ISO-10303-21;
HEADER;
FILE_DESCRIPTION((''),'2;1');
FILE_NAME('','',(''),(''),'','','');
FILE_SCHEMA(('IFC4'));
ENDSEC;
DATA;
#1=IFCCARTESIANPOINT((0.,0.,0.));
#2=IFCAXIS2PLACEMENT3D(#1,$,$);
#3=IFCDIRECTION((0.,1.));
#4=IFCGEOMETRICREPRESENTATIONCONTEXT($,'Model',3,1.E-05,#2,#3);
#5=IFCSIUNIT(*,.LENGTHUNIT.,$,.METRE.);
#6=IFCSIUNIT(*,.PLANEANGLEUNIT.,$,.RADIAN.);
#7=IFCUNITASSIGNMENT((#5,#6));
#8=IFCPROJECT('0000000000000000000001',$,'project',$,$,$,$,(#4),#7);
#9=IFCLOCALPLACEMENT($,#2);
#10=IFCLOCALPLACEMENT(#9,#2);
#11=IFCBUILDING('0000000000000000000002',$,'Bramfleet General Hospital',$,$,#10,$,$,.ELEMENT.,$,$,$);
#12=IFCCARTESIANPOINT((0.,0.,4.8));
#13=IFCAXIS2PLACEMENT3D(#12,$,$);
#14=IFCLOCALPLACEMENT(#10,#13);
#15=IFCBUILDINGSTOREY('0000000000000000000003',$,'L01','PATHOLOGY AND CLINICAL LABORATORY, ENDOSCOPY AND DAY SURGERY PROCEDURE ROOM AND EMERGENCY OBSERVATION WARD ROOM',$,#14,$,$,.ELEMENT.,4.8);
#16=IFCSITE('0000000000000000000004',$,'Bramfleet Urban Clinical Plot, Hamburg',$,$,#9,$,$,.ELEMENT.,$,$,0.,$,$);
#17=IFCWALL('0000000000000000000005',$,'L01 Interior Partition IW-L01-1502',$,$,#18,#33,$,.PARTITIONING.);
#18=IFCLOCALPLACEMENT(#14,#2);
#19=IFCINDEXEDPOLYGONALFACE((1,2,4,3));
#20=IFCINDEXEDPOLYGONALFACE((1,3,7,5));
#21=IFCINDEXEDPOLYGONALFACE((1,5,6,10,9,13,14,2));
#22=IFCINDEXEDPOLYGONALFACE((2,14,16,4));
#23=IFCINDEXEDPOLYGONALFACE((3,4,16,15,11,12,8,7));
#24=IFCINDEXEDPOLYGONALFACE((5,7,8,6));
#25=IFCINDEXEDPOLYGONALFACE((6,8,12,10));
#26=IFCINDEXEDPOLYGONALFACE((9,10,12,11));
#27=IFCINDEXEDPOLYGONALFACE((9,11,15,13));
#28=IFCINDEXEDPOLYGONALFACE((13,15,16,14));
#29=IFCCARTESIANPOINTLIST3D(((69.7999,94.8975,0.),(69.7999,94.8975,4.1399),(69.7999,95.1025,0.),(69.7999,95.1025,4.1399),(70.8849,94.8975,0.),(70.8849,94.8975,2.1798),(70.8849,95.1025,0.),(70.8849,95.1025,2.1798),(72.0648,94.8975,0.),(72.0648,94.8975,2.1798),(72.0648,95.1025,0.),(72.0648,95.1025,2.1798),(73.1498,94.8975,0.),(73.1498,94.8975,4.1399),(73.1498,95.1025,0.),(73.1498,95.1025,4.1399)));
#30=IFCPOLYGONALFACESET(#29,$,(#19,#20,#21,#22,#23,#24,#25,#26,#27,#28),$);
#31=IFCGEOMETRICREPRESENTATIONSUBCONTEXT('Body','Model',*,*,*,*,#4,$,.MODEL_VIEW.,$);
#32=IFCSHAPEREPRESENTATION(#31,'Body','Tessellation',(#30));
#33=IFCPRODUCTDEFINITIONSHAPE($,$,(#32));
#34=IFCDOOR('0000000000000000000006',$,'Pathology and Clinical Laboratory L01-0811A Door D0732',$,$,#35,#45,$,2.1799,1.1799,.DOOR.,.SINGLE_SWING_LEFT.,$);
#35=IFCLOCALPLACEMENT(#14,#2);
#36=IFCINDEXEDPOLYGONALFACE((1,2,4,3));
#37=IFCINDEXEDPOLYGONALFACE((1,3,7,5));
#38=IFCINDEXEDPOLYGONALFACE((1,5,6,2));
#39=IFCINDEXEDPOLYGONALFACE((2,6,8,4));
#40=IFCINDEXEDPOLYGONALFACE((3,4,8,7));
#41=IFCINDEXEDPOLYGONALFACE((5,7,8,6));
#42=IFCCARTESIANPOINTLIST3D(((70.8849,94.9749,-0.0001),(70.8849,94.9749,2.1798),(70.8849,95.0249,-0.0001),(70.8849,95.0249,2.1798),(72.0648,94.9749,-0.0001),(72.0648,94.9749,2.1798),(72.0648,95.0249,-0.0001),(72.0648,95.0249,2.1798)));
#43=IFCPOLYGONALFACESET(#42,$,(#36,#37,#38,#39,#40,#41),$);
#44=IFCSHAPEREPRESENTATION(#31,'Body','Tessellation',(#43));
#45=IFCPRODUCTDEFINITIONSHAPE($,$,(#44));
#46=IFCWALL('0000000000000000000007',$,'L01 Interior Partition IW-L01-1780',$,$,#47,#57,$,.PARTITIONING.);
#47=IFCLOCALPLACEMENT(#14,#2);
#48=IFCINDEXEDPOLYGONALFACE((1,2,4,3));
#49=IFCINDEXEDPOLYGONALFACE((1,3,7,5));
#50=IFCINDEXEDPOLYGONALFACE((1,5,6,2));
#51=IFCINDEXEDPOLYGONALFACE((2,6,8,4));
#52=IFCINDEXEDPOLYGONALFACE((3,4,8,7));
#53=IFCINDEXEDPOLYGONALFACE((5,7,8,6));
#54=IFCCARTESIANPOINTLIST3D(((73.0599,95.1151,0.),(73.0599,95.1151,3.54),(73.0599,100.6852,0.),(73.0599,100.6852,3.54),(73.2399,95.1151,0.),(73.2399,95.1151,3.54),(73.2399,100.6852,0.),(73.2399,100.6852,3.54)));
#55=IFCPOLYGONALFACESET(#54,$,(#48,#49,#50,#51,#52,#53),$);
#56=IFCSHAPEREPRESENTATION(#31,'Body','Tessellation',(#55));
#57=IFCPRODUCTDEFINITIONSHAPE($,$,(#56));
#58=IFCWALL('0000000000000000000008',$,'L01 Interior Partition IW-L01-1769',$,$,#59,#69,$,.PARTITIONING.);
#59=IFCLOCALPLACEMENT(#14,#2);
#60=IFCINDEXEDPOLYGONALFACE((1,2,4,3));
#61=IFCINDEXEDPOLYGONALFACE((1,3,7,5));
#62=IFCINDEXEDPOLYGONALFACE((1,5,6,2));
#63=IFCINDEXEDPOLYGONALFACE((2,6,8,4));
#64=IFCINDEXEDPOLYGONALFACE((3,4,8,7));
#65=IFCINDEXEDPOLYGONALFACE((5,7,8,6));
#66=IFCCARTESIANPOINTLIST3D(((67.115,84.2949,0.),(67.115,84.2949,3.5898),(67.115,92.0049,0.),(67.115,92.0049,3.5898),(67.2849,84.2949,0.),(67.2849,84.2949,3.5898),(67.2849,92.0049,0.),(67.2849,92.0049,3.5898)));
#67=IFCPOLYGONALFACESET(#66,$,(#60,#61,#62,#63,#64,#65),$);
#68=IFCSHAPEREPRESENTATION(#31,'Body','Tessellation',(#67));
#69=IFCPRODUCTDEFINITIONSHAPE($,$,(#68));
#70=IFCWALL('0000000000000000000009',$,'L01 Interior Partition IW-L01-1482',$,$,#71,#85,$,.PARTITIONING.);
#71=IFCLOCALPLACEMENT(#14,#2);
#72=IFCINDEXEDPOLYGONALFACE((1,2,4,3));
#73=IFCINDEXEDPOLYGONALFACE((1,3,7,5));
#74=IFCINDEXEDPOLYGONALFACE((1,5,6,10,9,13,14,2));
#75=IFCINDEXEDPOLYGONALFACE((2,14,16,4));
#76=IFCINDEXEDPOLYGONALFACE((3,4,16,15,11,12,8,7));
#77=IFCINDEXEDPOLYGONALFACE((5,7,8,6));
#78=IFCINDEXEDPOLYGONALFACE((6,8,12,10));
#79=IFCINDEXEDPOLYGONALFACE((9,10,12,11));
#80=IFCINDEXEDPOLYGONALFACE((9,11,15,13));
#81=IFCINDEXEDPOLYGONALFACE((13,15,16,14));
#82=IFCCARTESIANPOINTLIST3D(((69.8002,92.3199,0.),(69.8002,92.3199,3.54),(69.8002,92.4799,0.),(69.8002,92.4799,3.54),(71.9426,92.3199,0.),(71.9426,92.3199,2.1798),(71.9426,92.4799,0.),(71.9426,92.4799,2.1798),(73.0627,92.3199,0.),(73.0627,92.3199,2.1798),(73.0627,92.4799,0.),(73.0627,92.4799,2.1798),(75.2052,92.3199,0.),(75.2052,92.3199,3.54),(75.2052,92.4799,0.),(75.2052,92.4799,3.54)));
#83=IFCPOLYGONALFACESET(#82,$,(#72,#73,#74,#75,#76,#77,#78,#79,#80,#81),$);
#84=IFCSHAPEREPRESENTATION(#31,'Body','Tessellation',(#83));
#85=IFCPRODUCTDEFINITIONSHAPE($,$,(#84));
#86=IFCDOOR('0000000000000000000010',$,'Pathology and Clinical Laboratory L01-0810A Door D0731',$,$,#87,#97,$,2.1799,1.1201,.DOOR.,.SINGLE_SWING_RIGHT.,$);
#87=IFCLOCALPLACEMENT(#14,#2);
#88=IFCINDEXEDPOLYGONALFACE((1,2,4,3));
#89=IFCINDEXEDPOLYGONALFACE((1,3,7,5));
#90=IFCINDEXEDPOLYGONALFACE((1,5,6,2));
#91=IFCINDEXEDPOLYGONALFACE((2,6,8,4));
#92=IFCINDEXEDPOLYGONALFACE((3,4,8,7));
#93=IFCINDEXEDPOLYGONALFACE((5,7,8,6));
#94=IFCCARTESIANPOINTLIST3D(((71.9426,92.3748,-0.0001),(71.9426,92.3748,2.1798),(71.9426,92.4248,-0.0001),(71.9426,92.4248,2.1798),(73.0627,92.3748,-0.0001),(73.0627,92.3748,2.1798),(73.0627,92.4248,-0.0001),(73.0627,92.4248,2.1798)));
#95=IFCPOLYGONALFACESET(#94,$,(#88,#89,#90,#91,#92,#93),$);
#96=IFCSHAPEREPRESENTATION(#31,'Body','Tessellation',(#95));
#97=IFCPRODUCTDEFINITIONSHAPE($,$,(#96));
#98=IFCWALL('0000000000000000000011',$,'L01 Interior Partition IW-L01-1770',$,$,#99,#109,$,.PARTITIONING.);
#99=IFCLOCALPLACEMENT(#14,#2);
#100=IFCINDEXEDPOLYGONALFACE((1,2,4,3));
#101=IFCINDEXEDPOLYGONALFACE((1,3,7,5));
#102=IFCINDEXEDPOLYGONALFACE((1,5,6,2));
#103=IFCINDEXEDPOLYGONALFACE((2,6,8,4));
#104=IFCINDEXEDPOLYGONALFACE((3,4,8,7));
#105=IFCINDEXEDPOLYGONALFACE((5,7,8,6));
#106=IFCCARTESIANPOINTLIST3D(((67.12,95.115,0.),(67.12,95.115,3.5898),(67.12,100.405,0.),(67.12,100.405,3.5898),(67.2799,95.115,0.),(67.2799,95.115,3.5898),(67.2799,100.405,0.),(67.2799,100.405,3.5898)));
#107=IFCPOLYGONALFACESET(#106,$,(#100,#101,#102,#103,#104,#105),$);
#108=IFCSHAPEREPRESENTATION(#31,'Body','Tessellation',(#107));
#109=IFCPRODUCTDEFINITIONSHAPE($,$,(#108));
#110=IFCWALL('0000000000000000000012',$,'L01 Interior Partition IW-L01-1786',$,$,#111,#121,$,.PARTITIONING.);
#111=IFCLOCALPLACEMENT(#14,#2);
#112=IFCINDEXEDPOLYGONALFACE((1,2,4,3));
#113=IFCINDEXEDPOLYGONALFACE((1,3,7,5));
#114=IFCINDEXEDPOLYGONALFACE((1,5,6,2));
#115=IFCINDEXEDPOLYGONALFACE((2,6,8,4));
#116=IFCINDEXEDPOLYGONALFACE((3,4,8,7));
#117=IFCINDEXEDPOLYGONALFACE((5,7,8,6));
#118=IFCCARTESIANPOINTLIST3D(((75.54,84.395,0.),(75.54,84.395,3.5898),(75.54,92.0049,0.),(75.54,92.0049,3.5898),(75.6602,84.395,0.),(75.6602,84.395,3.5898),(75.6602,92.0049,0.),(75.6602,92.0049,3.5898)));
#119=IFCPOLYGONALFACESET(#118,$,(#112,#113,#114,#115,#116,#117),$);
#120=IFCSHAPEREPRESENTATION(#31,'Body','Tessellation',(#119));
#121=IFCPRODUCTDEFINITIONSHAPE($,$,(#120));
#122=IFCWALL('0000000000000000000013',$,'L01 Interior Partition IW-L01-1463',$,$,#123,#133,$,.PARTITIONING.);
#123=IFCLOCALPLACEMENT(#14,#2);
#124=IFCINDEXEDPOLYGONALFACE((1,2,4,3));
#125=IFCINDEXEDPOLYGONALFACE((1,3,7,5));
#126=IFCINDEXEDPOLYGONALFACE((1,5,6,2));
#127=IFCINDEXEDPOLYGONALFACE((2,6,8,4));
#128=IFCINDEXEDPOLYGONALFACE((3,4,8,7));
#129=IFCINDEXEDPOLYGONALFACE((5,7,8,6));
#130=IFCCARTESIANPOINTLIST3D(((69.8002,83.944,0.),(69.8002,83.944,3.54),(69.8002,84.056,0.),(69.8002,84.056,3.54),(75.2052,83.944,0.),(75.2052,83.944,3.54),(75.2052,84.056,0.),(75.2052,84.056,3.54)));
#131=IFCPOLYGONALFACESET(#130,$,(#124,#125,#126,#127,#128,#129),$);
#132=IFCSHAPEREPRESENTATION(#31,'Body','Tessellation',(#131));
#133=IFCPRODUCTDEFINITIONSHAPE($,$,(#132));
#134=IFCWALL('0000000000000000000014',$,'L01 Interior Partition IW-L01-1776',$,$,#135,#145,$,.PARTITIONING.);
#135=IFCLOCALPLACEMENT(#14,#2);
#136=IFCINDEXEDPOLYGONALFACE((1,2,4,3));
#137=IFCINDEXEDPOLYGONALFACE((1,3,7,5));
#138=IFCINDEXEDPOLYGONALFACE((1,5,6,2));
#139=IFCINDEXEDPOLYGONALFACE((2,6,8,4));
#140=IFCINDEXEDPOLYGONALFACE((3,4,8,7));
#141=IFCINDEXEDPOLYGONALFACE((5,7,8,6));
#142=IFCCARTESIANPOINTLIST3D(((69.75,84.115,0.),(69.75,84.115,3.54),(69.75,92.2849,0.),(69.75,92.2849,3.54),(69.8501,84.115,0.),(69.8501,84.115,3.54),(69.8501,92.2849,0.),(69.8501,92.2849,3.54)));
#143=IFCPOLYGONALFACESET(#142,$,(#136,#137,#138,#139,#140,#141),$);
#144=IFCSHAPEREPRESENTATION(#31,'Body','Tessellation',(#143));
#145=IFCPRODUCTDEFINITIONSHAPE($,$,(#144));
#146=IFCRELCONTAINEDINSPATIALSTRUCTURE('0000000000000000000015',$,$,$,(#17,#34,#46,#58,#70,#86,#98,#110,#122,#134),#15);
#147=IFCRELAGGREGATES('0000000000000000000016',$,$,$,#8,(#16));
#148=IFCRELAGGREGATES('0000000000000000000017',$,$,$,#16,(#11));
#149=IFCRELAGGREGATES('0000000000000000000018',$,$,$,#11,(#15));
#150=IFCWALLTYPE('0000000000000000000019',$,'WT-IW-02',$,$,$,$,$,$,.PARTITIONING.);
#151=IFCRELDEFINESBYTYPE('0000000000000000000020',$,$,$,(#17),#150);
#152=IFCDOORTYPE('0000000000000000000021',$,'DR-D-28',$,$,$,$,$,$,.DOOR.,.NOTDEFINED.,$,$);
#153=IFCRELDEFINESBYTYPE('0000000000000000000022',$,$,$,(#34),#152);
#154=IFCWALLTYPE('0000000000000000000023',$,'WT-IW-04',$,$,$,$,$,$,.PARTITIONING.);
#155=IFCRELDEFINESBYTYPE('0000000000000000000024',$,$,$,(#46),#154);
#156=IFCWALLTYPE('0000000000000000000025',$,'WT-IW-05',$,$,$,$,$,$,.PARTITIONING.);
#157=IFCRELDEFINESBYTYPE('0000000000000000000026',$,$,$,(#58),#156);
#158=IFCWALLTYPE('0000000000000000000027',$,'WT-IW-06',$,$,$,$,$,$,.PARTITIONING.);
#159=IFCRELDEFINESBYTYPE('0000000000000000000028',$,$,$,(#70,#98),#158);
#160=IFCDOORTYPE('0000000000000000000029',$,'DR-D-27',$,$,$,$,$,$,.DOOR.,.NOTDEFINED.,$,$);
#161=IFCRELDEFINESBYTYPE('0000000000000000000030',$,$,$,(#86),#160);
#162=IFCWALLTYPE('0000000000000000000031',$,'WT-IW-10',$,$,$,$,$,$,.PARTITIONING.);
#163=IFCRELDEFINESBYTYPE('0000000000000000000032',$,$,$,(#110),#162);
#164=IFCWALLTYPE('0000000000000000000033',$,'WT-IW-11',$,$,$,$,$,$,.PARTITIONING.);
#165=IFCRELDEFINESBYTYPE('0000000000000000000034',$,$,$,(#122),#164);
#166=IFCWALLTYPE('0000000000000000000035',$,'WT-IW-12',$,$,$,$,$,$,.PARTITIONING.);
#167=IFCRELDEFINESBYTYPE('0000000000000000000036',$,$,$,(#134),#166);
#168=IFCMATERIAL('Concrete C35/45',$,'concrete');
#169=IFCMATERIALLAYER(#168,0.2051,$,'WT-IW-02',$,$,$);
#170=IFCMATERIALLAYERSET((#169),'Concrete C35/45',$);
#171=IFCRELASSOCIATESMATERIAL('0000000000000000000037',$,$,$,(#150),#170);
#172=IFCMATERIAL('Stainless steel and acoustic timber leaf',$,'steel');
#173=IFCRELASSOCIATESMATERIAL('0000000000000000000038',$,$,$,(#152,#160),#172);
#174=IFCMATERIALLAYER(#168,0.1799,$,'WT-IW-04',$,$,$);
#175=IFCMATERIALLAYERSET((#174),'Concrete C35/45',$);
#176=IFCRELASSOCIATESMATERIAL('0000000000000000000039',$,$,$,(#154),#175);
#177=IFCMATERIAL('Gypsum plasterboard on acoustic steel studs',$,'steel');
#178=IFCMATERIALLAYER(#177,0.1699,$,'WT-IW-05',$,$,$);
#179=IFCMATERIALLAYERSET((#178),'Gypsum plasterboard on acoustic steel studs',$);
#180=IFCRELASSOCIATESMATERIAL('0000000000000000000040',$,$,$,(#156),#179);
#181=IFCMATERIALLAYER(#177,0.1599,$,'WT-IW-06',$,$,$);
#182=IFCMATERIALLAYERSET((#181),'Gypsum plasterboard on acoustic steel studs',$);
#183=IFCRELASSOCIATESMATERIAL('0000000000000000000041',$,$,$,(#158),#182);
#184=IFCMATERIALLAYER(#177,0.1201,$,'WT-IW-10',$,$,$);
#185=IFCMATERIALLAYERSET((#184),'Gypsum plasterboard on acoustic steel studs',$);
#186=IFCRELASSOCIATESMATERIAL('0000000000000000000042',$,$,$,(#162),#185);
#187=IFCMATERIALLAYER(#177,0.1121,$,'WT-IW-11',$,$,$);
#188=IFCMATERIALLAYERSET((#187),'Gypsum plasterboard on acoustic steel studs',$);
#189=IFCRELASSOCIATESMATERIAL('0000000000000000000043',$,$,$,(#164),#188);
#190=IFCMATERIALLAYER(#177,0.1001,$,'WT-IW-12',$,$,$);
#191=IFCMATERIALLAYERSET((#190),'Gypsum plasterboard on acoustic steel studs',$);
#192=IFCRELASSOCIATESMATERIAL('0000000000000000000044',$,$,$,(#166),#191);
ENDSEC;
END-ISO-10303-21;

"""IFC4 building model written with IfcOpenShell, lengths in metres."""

from ifc_helpers import new_model, si_unit, direction, frame, frame_2d, origin, place, context, subcontext, project, spatial, rectangle, extrude, material, layer, layer_set, type_object, element, fill, save


model = new_model("IFC4")

# Units and contexts
model_context = context("Model", 3, precision=1e-05, world=origin(), true_north=direction((0.0, 1.0)))
body_context = subcontext(model_context, "Body", "Model", "MODEL_VIEW")
ifc_project = project(units=[si_unit("LENGTHUNIT", "METRE"), si_unit("PLANEANGLEUNIT", "RADIAN")], contexts=[model_context])

# Site, building, storey
site_placement = place(None, origin())
site = spatial("IfcSite", under=ifc_project, at=site_placement, Name="Bramfleet Urban Clinical Plot, Hamburg", CompositionType="ELEMENT", RefElevation=0.0)
building_placement = place(site_placement, origin())
building = spatial("IfcBuilding", under=site, at=building_placement, Name="Bramfleet General Hospital", CompositionType="ELEMENT")
storey_placement = place(building_placement, frame((0.0, 0.0, 4.8)))
storey = spatial("IfcBuildingStorey", under=building, at=storey_placement, Name="L01", Description="PATHOLOGY AND CLINICAL LABORATORY, ENDOSCOPY AND DAY SURGERY PROCEDURE ROOM AND EMERGENCY OBSERVATION WARD ROOM", CompositionType="ELEMENT", Elevation=4.8)

# Shared definitions
ifc_material_1 = material(Name="Concrete C35/45", Category="concrete")

# Wall, opening, door
ifc_layer_1 = layer(ifc_material_1, 0.2051, Name="WT-IW-02")
ifc_layer_set_1 = layer_set([ifc_layer_1], Name="Concrete C35/45")
wall_type_1 = type_object("IfcWallType", Name="WT-IW-02", PredefinedType="PARTITIONING", material=ifc_layer_set_1)
wall_1_placement = place(storey_placement, frame((69.8, 95.0, 0.0), z_axis=(0.0, 0.0, 1.0), x_axis=(1.0, 0.0, 0.0)))
wall_1 = element("IfcWall", 1, at=wall_1_placement, inside=storey, type_object=wall_type_1, Name="L01 Interior Partition IW-L01-1502", PredefinedType="PARTITIONING", context=body_context, shape_type="SweptSolid", body=[
    extrude(rectangle(XDim=3.3499, YDim=0.2051, at=frame_2d((1.6748, 0.0))), origin(), (0.0, 0.0, 1.0), 4.1399),
])
opening_1_placement = place(wall_1_placement, frame((1.085, 0.0, 0.0)))
opening_1 = element("IfcOpeningElement", 2, at=opening_1_placement, cuts=wall_1, PredefinedType="OPENING", context=body_context, shape_type="SweptSolid", body=[
    extrude(rectangle(XDim=1.1799, YDim=2.1799, at=frame_2d((0.5898, 1.0898))), frame((0.0, 0.1125, 0.0), z_axis=(0.0, -1.0, 0.0), x_axis=(1.0, 0.0, 0.0)), (0.0, 0.0, 1.0), 0.2251),
])
ifc_material_2 = material(Name="Stainless steel and acoustic timber leaf", Category="steel")
door_type_1 = type_object("IfcDoorType", Name="DR-D-28", OperationType="NOTDEFINED", PredefinedType="DOOR", material=ifc_material_2)
door_1_placement = place(opening_1_placement, origin())
door_1 = element("IfcDoor", 3, at=door_1_placement, inside=storey, type_object=door_type_1, Name="Pathology and Clinical Laboratory L01-0811A Door D0732", OperationType="SINGLE_SWING_LEFT", OverallHeight=2.1799, OverallWidth=1.1799, PredefinedType="DOOR", context=body_context, shape_type="SweptSolid", body=[
    extrude(rectangle(XDim=1.1799, YDim=2.1799, at=frame_2d((0.5898, 1.0898))), frame((0.0, 0.0249, 0.0), z_axis=(0.0, -1.0, 0.0), x_axis=(1.0, 0.0, 0.0)), (0.0, 0.0, 1.0), 0.05),
])
fill(opening_1, door_1)

# Walls
ifc_layer_2 = layer(ifc_material_1, 0.1799, Name="WT-IW-04")
ifc_layer_set_2 = layer_set([ifc_layer_2], Name="Concrete C35/45")
wall_type_2 = type_object("IfcWallType", Name="WT-IW-04", PredefinedType="PARTITIONING", material=ifc_layer_set_2)
wall_2_placement = place(storey_placement, frame((73.1499, 95.115, 0.0), z_axis=(0.0, 0.0, 1.0), x_axis=(0.0, 1.0, 0.0)))
element("IfcWall", 4, at=wall_2_placement, inside=storey, type_object=wall_type_2, Name="L01 Interior Partition IW-L01-1780", PredefinedType="PARTITIONING", context=body_context, shape_type="SweptSolid", body=[
    extrude(rectangle(XDim=5.5701, YDim=0.1799, at=frame_2d((2.7852, 0.0))), origin(), (0.0, 0.0, 1.0), 3.54),
])
ifc_material_3 = material(Name="Gypsum plasterboard on acoustic steel studs", Category="steel")
ifc_layer_3 = layer(ifc_material_3, 0.1699, Name="WT-IW-05")
ifc_layer_set_3 = layer_set([ifc_layer_3], Name="Gypsum plasterboard on acoustic steel studs")
wall_type_3 = type_object("IfcWallType", Name="WT-IW-05", PredefinedType="PARTITIONING", material=ifc_layer_set_3)
wall_3_placement = place(storey_placement, frame((67.2, 84.2949, 0.0), z_axis=(0.0, 0.0, 1.0), x_axis=(0.0, 1.0, 0.0)))
element("IfcWall", 5, at=wall_3_placement, inside=storey, type_object=wall_type_3, Name="L01 Interior Partition IW-L01-1769", PredefinedType="PARTITIONING", context=body_context, shape_type="SweptSolid", body=[
    extrude(rectangle(XDim=7.71, YDim=0.1699, at=frame_2d((3.855, 0.0))), origin(), (0.0, 0.0, 1.0), 3.5898),
])

# Wall, opening, door
ifc_layer_4 = layer(ifc_material_3, 0.1599, Name="WT-IW-06")
ifc_layer_set_4 = layer_set([ifc_layer_4], Name="Gypsum plasterboard on acoustic steel studs")
wall_type_4 = type_object("IfcWallType", Name="WT-IW-06", PredefinedType="PARTITIONING", material=ifc_layer_set_4)
wall_4_placement = place(storey_placement, frame((69.8, 92.3999, 0.0), z_axis=(0.0, 0.0, 1.0), x_axis=(1.0, 0.0, 0.0)))
wall_4 = element("IfcWall", 6, at=wall_4_placement, inside=storey, type_object=wall_type_4, Name="L01 Interior Partition IW-L01-1482", PredefinedType="PARTITIONING", context=body_context, shape_type="SweptSolid", body=[
    extrude(rectangle(XDim=5.405, YDim=0.1599, at=frame_2d((2.7026, 0.0))), origin(), (0.0, 0.0, 1.0), 3.54),
])
opening_2_placement = place(wall_4_placement, frame((2.1426, 0.0, 0.0)))
opening_2 = element("IfcOpeningElement", 7, at=opening_2_placement, cuts=wall_4, PredefinedType="OPENING", context=body_context, shape_type="SweptSolid", body=[
    extrude(rectangle(XDim=1.1201, YDim=2.1799, at=frame_2d((0.5601, 1.0898))), frame((0.0, 0.0898, 0.0), z_axis=(0.0, -1.0, 0.0), x_axis=(1.0, 0.0, 0.0)), (0.0, 0.0, 1.0), 0.1799),
])
door_type_2 = type_object("IfcDoorType", Name="DR-D-27", OperationType="NOTDEFINED", PredefinedType="DOOR", material=ifc_material_2)
door_2_placement = place(opening_2_placement, origin())
door_2 = element("IfcDoor", 8, at=door_2_placement, inside=storey, type_object=door_type_2, Name="Pathology and Clinical Laboratory L01-0810A Door D0731", OperationType="SINGLE_SWING_RIGHT", OverallHeight=2.1799, OverallWidth=1.1201, PredefinedType="DOOR", context=body_context, shape_type="SweptSolid", body=[
    extrude(rectangle(XDim=1.1201, YDim=2.1799, at=frame_2d((0.5601, 1.0898))), frame((0.0, 0.0249, 0.0), z_axis=(0.0, -1.0, 0.0), x_axis=(1.0, 0.0, 0.0)), (0.0, 0.0, 1.0), 0.05),
])
fill(opening_2, door_2)

# Walls
wall_5_placement = place(storey_placement, frame((67.2, 95.115, 0.0), z_axis=(0.0, 0.0, 1.0), x_axis=(0.0, 1.0, 0.0)))
element("IfcWall", 9, at=wall_5_placement, inside=storey, type_object=wall_type_4, Name="L01 Interior Partition IW-L01-1770", PredefinedType="PARTITIONING", context=body_context, shape_type="SweptSolid", body=[
    extrude(rectangle(XDim=5.29, YDim=0.1599, at=frame_2d((2.645, 0.0))), origin(), (0.0, 0.0, 1.0), 3.5898),
])
ifc_layer_5 = layer(ifc_material_3, 0.1201, Name="WT-IW-10")
ifc_layer_set_5 = layer_set([ifc_layer_5], Name="Gypsum plasterboard on acoustic steel studs")
wall_type_5 = type_object("IfcWallType", Name="WT-IW-10", PredefinedType="PARTITIONING", material=ifc_layer_set_5)
wall_6_placement = place(storey_placement, frame((75.6001, 84.395, 0.0), z_axis=(0.0, 0.0, 1.0), x_axis=(0.0, 1.0, 0.0)))
element("IfcWall", 10, at=wall_6_placement, inside=storey, type_object=wall_type_5, Name="L01 Interior Partition IW-L01-1786", PredefinedType="PARTITIONING", context=body_context, shape_type="SweptSolid", body=[
    extrude(rectangle(XDim=7.6099, YDim=0.1201, at=frame_2d((3.8049, 0.0))), origin(), (0.0, 0.0, 1.0), 3.5898),
])
ifc_layer_6 = layer(ifc_material_3, 0.1121, Name="WT-IW-11")
ifc_layer_set_6 = layer_set([ifc_layer_6], Name="Gypsum plasterboard on acoustic steel studs")
wall_type_6 = type_object("IfcWallType", Name="WT-IW-11", PredefinedType="PARTITIONING", material=ifc_layer_set_6)
wall_7_placement = place(storey_placement, frame((69.8, 84.0, 0.0), z_axis=(0.0, 0.0, 1.0), x_axis=(1.0, 0.0, 0.0)))
element("IfcWall", 11, at=wall_7_placement, inside=storey, type_object=wall_type_6, Name="L01 Interior Partition IW-L01-1463", PredefinedType="PARTITIONING", context=body_context, shape_type="SweptSolid", body=[
    extrude(rectangle(XDim=5.405, YDim=0.1121, at=frame_2d((2.7026, 0.0))), origin(), (0.0, 0.0, 1.0), 3.54),
])
ifc_layer_7 = layer(ifc_material_3, 0.1001, Name="WT-IW-12")
ifc_layer_set_7 = layer_set([ifc_layer_7], Name="Gypsum plasterboard on acoustic steel studs")
wall_type_7 = type_object("IfcWallType", Name="WT-IW-12", PredefinedType="PARTITIONING", material=ifc_layer_set_7)
wall_8_placement = place(storey_placement, frame((69.8, 84.115, 0.0), z_axis=(0.0, 0.0, 1.0), x_axis=(0.0, 1.0, 0.0)))
element("IfcWall", 12, at=wall_8_placement, inside=storey, type_object=wall_type_7, Name="L01 Interior Partition IW-L01-1776", PredefinedType="PARTITIONING", context=body_context, shape_type="SweptSolid", body=[
    extrude(rectangle(XDim=8.1699, YDim=0.1001, at=frame_2d((4.085, 0.0))), origin(), (0.0, 0.0, 1.0), 3.54),
])

save(model, "model.ifc")
